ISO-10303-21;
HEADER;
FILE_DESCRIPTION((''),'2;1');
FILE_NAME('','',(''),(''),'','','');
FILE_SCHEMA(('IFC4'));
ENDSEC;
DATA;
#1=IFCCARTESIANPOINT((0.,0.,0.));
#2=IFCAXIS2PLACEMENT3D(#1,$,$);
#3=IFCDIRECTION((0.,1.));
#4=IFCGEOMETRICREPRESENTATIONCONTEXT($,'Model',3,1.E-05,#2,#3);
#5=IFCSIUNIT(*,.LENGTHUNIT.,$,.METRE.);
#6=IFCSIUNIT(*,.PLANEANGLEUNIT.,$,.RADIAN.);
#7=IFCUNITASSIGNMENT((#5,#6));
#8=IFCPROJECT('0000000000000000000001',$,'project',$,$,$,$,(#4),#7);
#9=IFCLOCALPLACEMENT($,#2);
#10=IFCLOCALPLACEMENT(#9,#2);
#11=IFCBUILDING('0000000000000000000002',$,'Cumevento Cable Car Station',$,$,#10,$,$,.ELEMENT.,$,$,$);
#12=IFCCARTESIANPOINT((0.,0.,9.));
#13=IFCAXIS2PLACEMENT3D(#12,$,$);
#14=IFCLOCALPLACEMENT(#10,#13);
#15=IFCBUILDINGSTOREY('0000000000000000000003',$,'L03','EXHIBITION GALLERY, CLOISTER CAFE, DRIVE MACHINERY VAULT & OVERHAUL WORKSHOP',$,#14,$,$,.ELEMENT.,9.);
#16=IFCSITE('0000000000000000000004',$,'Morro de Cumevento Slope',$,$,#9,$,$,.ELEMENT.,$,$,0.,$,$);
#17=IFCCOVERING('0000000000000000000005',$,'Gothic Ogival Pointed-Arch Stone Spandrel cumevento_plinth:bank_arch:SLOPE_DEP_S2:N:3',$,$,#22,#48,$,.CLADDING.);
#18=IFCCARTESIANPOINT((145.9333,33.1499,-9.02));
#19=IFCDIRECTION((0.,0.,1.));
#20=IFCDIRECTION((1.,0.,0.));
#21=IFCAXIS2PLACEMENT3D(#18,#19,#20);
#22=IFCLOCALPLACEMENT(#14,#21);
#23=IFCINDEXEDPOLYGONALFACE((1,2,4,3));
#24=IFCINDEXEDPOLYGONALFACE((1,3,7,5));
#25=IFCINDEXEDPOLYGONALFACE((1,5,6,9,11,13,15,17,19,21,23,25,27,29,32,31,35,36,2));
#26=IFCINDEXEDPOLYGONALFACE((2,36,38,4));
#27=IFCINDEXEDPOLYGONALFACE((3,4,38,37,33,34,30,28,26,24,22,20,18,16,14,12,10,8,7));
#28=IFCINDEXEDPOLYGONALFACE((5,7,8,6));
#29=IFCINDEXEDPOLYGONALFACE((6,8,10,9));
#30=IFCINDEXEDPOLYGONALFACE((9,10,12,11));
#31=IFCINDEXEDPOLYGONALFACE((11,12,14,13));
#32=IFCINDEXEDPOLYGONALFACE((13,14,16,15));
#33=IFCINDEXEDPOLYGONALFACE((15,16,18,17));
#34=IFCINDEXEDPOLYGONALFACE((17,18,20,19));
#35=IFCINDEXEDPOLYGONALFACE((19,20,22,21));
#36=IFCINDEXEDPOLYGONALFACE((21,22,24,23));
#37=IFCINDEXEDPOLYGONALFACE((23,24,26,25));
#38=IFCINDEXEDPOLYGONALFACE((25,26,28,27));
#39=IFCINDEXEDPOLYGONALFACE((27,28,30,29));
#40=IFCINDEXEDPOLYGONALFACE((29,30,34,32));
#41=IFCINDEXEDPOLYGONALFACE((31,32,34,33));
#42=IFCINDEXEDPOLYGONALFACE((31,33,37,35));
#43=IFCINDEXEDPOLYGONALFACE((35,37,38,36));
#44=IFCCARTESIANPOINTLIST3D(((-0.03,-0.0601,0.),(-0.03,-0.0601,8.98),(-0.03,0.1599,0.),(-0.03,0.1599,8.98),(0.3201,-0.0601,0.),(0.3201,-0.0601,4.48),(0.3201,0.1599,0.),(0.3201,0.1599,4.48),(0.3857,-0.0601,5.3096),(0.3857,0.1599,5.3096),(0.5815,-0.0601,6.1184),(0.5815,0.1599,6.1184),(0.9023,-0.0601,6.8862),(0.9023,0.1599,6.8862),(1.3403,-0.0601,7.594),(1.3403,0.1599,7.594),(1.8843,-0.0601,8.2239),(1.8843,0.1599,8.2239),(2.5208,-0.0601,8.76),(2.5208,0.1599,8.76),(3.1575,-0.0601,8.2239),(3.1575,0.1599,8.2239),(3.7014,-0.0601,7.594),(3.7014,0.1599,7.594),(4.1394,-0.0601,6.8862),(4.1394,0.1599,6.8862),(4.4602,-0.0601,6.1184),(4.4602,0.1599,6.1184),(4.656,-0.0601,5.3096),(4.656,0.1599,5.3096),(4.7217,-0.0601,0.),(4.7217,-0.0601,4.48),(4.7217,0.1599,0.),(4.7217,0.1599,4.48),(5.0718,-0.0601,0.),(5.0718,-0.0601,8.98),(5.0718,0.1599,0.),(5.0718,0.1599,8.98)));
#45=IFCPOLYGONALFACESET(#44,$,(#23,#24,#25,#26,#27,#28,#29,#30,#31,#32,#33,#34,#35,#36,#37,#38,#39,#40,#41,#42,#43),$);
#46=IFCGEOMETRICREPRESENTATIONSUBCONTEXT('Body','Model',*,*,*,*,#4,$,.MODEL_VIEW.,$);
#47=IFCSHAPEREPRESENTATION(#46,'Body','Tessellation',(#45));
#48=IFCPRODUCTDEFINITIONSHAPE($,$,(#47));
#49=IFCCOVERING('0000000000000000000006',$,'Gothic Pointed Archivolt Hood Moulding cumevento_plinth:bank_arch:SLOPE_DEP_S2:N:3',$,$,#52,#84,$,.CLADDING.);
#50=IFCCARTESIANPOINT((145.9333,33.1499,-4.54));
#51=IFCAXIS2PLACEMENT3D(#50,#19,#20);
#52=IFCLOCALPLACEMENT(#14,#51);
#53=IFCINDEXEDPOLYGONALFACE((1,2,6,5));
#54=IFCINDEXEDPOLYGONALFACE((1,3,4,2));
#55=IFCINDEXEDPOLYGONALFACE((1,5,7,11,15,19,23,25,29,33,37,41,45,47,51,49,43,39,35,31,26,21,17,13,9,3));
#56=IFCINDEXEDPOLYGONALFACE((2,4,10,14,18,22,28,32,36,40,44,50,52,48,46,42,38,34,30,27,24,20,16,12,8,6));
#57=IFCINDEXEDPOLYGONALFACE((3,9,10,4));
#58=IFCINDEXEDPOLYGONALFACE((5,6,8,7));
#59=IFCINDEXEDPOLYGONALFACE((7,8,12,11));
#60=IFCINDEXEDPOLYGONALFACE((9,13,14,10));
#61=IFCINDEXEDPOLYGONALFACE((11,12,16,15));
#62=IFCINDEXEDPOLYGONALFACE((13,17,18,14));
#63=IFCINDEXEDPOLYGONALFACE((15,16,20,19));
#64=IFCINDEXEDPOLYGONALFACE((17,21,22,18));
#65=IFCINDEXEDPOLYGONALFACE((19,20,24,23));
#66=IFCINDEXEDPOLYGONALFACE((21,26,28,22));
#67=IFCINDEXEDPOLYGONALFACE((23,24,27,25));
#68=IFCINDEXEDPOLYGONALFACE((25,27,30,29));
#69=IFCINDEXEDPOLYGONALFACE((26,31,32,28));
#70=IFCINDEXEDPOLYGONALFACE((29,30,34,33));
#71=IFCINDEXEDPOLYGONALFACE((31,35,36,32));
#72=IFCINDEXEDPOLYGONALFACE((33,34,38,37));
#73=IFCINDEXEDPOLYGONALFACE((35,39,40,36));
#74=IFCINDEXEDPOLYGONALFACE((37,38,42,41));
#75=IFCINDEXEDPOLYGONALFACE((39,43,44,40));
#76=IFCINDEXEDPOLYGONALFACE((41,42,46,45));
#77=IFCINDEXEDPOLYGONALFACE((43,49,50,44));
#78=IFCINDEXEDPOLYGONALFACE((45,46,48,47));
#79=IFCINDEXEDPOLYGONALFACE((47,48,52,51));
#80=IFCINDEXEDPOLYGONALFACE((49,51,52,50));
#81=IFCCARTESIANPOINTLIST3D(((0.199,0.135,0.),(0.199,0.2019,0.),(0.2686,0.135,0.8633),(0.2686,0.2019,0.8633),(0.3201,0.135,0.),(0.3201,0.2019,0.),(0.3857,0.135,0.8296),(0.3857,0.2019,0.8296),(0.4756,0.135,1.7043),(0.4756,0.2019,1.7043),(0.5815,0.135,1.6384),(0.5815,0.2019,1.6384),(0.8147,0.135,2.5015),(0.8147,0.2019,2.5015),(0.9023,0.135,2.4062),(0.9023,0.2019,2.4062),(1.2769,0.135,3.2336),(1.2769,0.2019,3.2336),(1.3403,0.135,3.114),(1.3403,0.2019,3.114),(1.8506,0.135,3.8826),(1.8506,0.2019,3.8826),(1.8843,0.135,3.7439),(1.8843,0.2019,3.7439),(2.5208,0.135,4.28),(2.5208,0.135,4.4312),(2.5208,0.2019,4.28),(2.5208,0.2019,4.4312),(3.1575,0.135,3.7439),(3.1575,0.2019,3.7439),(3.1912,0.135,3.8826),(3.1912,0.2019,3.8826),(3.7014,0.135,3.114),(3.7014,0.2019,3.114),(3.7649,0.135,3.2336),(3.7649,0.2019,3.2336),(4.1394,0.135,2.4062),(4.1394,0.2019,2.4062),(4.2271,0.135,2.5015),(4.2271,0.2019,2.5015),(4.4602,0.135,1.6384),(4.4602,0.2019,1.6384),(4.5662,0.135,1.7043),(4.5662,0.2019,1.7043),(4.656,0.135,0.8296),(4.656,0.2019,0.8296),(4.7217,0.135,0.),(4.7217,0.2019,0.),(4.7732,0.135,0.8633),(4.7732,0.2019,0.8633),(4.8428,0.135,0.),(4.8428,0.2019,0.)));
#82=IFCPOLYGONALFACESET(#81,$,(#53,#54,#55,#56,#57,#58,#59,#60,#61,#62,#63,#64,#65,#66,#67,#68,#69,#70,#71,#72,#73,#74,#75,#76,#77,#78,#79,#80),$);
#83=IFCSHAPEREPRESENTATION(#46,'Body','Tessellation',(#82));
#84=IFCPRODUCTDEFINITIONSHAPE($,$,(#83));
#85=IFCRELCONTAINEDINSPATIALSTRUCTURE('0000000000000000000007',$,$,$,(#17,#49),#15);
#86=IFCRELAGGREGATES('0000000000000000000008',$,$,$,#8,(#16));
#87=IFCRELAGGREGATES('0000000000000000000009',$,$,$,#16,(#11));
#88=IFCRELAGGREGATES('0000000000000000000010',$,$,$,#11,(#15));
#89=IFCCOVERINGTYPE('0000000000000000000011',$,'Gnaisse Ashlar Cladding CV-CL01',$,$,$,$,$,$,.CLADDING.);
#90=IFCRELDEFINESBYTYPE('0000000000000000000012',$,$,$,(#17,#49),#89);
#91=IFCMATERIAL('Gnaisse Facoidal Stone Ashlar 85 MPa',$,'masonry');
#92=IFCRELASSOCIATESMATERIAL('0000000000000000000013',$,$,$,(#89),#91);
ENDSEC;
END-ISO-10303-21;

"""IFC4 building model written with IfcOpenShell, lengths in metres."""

from ifc_helpers import new_model, si_unit, direction, frame, origin, place, context, subcontext, project, spatial, polyline, outline, extrude, material, type_object, element, save


model = new_model("IFC4")

# Units and contexts
model_context = context("Model", 3, precision=1e-05, world=origin(), true_north=direction((0.0, 1.0)))
body_context = subcontext(model_context, "Body", "Model", "MODEL_VIEW")
ifc_project = project(units=[si_unit("LENGTHUNIT", "METRE"), si_unit("PLANEANGLEUNIT", "RADIAN")], contexts=[model_context])

# Site, building, storey
site_placement = place(None, origin())
site = spatial("IfcSite", under=ifc_project, at=site_placement, Name="Morro de Cumevento Slope", CompositionType="ELEMENT", RefElevation=0.0)
building_placement = place(site_placement, origin())
building = spatial("IfcBuilding", under=site, at=building_placement, Name="Cumevento Cable Car Station", CompositionType="ELEMENT")
storey_placement = place(building_placement, frame((0.0, 0.0, 9.0)))
storey = spatial("IfcBuildingStorey", under=building, at=storey_placement, Name="L03", Description="EXHIBITION GALLERY, CLOISTER CAFE, DRIVE MACHINERY VAULT & OVERHAUL WORKSHOP", CompositionType="ELEMENT", Elevation=9.0)

# Coverings
ifc_material_1 = material(Name="Gnaisse Facoidal Stone Ashlar 85 MPa", Category="masonry")
covering_type = type_object("IfcCoveringType", Name="Gnaisse Ashlar Cladding CV-CL01", PredefinedType="CLADDING", material=ifc_material_1)
covering_1_placement = place(storey_placement, frame((145.9333, 33.1499, -9.02), z_axis=(0.0, 0.0, 1.0), x_axis=(1.0, 0.0, 0.0)))
element("IfcCovering", 1, at=covering_1_placement, inside=storey, type_object=covering_type, Name="Gothic Ogival Pointed-Arch Stone Spandrel cumevento_plinth:bank_arch:SLOPE_DEP_S2:N:3", PredefinedType="CLADDING", context=body_context, shape_type="SweptSolid", body=[
    extrude(outline(polyline([(-0.03, 0.0), (-0.03, 8.98), (5.0718, 8.98), (5.0718, 0.0), (4.7217, 0.0), (4.7217, 4.48), (4.656, 5.3096), (4.4602, 6.1184), (4.1394, 6.8862), (3.7014, 7.594), (3.1575, 8.2239), (2.5208, 8.76), (1.8843, 8.2239), (1.3403, 7.594), (0.9023, 6.8862), (0.5815, 6.1184), (0.3857, 5.3096), (0.3201, 4.48), (0.3201, 0.0), (-0.03, 0.0)])), frame((0.0, 0.1599, 0.0), z_axis=(0.0, -1.0, 0.0), x_axis=(1.0, 0.0, 0.0)), (0.0, 0.0, 1.0), 0.22),
])
covering_2_placement = place(storey_placement, frame((145.9333, 33.1499, -4.54), z_axis=(0.0, 0.0, 1.0), x_axis=(1.0, 0.0, 0.0)))
element("IfcCovering", 2, at=covering_2_placement, inside=storey, type_object=covering_type, Name="Gothic Pointed Archivolt Hood Moulding cumevento_plinth:bank_arch:SLOPE_DEP_S2:N:3", PredefinedType="CLADDING", context=body_context, shape_type="SweptSolid", body=[
    extrude(outline(polyline([(0.3201, 0.0), (0.3857, 0.8296), (0.5815, 1.6384), (0.9023, 2.4062), (1.3403, 3.114), (1.8843, 3.7439), (2.5208, 4.28), (3.1575, 3.7439), (3.7014, 3.114), (4.1394, 2.4062), (4.4602, 1.6384), (4.656, 0.8296), (4.7217, 0.0), (4.8428, 0.0), (4.7732, 0.8633), (4.5662, 1.7043), (4.2271, 2.5015), (3.7649, 3.2336), (3.1912, 3.8826), (2.5208, 4.4312), (1.8506, 3.8826), (1.2769, 3.2336), (0.8147, 2.5015), (0.4756, 1.7043), (0.2686, 0.8633), (0.199, 0.0), (0.3201, 0.0)])), frame((0.0, 0.2019, 0.0), z_axis=(0.0, -1.0, 0.0), x_axis=(1.0, 0.0, 0.0)), (0.0, 0.0, 1.0), 0.0669),
])

save(model, "model.ifc")
